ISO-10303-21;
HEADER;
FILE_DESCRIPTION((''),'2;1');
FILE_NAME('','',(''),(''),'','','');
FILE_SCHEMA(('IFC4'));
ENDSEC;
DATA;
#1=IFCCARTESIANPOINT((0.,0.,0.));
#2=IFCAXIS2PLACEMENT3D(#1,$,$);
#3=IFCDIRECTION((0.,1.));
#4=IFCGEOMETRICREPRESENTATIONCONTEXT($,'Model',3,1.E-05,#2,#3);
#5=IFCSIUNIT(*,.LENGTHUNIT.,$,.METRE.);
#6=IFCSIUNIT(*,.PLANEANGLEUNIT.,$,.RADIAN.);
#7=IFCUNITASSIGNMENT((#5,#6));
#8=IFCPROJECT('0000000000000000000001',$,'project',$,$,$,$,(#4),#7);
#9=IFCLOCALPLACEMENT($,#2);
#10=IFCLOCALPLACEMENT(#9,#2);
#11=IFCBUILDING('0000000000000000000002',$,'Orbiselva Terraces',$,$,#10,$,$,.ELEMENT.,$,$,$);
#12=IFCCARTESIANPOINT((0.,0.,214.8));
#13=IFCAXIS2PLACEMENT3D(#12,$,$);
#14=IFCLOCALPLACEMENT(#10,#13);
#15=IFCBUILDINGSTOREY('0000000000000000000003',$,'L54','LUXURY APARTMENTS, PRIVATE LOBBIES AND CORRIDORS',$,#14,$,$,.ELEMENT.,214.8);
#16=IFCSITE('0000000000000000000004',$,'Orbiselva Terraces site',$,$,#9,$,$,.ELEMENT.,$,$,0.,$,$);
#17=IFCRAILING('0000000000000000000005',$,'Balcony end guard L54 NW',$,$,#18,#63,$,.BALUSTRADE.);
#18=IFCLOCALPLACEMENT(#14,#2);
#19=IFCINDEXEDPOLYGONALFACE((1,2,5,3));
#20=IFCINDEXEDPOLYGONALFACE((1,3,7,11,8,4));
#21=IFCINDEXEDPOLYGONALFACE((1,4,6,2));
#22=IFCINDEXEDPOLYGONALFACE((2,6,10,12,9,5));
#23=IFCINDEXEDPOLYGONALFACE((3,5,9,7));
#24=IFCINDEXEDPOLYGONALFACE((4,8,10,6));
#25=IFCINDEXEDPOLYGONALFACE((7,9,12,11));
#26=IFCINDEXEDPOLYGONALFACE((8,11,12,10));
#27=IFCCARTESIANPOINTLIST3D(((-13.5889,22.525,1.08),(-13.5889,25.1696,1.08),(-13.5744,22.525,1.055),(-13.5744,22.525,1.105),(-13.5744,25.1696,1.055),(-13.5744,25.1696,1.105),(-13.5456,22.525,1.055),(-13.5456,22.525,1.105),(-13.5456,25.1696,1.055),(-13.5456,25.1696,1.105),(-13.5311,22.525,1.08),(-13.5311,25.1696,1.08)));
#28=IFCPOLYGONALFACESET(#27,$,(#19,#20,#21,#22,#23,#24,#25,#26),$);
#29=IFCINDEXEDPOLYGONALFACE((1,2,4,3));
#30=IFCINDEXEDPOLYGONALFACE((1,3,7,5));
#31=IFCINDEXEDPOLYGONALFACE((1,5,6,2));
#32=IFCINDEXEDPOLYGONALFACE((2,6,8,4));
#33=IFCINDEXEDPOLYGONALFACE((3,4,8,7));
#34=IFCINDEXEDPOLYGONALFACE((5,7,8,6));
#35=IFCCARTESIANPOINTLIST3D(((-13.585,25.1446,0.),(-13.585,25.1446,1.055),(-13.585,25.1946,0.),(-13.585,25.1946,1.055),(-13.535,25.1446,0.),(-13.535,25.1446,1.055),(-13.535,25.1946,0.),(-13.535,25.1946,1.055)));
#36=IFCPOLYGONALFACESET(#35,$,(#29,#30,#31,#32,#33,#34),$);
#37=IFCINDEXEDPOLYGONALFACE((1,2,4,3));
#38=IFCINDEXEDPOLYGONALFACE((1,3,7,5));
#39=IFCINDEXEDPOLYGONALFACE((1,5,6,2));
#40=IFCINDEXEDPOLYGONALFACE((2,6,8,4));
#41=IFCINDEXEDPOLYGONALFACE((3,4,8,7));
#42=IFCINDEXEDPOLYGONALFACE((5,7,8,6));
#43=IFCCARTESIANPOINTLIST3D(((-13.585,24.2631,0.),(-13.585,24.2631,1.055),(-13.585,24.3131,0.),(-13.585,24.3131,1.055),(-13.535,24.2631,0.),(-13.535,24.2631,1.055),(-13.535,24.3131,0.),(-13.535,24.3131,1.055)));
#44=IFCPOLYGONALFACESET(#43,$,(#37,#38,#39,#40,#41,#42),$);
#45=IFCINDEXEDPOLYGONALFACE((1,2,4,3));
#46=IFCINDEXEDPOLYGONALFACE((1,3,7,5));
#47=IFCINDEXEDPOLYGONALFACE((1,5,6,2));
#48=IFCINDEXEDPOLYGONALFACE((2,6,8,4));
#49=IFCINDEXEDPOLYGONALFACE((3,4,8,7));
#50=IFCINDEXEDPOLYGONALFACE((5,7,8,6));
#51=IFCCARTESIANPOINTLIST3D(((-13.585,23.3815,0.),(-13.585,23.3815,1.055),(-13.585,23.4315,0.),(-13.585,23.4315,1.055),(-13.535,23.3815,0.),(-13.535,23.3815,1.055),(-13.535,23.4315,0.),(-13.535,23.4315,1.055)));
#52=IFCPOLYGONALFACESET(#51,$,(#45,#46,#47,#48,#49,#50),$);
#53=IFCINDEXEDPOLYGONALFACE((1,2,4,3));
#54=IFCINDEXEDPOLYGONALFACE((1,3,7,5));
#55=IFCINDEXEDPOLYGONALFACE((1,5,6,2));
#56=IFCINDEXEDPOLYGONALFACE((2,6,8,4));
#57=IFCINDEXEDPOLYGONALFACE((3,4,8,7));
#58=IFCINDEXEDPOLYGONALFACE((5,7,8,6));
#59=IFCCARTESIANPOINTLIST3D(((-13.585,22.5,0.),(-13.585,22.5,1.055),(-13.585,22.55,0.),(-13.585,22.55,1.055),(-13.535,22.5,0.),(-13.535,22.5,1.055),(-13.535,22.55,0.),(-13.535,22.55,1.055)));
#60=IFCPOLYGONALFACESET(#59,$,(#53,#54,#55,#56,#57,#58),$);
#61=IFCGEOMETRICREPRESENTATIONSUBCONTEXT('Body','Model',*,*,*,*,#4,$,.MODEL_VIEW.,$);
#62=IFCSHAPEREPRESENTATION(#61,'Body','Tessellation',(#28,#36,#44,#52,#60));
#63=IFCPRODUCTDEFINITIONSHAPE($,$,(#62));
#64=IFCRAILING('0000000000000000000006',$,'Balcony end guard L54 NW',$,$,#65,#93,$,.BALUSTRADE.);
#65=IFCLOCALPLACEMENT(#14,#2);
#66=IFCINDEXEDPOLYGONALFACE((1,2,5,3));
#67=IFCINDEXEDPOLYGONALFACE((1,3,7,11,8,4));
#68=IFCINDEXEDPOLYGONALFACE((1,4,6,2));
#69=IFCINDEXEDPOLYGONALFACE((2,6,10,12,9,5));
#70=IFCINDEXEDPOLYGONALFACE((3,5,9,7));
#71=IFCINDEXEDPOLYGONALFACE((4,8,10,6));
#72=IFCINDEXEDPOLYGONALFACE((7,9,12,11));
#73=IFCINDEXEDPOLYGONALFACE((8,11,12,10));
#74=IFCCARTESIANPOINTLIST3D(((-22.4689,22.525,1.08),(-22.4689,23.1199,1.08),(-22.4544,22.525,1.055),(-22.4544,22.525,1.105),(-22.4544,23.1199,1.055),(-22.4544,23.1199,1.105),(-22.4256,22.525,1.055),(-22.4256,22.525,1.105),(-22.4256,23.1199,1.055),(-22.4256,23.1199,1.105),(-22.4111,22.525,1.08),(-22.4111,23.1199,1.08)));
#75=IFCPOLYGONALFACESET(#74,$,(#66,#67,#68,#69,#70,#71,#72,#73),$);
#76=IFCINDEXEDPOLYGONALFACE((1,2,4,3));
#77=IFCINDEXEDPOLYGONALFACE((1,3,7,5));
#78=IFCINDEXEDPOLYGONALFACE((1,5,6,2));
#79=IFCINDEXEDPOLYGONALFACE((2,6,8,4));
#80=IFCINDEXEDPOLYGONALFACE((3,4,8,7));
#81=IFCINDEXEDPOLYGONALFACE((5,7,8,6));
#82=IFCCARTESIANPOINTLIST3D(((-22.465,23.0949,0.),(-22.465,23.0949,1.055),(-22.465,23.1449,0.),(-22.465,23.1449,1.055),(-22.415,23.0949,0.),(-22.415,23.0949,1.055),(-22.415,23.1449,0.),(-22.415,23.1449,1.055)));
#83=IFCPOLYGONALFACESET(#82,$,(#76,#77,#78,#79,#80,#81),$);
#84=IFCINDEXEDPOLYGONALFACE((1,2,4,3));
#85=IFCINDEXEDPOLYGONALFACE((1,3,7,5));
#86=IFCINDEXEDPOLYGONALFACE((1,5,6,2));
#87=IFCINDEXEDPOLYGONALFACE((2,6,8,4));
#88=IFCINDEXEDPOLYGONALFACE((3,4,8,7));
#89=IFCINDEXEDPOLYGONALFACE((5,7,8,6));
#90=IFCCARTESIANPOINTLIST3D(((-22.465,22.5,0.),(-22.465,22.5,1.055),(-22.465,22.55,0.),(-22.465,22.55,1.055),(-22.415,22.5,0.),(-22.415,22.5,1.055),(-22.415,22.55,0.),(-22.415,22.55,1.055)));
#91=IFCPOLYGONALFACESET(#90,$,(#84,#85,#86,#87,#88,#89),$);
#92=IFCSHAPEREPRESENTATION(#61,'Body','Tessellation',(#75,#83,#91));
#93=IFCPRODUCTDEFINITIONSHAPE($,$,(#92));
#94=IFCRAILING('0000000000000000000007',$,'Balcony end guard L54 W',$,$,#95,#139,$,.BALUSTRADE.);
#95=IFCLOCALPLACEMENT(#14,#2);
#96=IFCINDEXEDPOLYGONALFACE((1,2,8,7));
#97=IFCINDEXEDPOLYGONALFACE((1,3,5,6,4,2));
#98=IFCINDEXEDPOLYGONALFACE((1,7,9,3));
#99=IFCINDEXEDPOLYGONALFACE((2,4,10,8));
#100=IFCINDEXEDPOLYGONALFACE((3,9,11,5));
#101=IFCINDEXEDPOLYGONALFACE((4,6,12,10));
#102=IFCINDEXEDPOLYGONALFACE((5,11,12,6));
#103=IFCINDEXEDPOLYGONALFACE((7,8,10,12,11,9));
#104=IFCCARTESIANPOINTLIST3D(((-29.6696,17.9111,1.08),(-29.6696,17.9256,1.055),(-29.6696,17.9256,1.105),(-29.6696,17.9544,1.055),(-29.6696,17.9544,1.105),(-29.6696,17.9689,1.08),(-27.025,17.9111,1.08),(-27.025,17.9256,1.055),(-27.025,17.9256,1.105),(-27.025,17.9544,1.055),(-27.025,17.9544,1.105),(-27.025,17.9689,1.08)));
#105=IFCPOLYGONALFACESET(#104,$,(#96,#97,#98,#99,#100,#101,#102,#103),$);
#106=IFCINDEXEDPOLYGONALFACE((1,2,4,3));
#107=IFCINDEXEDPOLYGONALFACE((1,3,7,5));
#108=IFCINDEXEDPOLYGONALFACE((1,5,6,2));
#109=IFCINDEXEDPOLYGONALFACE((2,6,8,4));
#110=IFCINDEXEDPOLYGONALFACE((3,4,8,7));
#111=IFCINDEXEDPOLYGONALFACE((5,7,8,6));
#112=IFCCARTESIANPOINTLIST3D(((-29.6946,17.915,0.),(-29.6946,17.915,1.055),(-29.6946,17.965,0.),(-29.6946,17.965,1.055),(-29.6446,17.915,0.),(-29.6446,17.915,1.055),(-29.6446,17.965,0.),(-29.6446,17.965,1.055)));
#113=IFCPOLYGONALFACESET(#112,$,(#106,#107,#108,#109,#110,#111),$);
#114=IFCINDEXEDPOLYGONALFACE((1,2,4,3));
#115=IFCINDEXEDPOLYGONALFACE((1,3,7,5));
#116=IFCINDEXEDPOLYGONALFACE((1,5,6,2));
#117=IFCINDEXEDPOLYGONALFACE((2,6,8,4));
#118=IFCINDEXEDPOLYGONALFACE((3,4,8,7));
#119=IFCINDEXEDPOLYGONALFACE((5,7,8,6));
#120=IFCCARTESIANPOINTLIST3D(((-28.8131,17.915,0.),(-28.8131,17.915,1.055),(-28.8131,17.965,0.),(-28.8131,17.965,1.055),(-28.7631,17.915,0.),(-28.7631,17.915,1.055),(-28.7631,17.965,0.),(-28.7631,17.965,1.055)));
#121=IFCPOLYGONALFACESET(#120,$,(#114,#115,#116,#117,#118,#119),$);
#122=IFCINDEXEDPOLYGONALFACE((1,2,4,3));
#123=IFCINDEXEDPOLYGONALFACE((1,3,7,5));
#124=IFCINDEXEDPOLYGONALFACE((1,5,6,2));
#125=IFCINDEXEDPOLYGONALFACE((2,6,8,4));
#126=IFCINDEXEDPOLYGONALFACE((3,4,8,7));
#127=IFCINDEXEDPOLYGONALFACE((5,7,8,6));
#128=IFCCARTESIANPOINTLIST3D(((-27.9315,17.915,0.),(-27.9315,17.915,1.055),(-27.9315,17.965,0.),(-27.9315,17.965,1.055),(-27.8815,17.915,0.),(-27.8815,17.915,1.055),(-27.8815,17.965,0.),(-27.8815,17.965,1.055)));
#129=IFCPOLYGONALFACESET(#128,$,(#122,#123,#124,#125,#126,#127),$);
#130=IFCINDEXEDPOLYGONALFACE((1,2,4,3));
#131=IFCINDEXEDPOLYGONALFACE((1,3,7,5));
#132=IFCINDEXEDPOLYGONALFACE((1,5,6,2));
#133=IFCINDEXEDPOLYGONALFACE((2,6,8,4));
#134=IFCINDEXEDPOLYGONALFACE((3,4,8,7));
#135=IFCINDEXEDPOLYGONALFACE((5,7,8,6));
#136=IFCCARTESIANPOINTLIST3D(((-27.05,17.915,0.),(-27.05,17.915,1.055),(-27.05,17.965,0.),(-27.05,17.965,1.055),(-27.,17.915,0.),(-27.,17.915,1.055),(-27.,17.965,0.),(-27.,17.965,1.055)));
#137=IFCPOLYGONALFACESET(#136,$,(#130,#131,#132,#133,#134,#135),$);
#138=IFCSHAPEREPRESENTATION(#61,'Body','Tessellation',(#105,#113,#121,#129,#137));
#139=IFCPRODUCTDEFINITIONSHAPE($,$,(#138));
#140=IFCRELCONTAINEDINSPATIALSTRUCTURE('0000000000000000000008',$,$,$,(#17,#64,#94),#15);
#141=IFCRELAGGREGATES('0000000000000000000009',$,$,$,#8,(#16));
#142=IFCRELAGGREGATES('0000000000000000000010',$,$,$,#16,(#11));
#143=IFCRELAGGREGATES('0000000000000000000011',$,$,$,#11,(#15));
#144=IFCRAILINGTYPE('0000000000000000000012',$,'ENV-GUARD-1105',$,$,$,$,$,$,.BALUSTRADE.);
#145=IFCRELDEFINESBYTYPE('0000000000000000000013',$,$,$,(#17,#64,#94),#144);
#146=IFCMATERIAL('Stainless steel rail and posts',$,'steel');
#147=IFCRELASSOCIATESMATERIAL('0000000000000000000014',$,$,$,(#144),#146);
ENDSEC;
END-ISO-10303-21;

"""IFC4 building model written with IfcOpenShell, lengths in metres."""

from ifc_helpers import new_model, si_unit, direction, frame, origin, origin_2d, place, context, subcontext, project, spatial, polyline, rectangle, outline, extrude, material, type_object, element, save


model = new_model("IFC4")

# Units and contexts
model_context = context("Model", 3, precision=1e-05, world=origin(), true_north=direction((0.0, 1.0)))
body_context = subcontext(model_context, "Body", "Model", "MODEL_VIEW")
ifc_project = project(units=[si_unit("LENGTHUNIT", "METRE"), si_unit("PLANEANGLEUNIT", "RADIAN")], contexts=[model_context])

# Site, building, storey
site_placement = place(None, origin())
site = spatial("IfcSite", under=ifc_project, at=site_placement, Name="Orbiselva Terraces site", CompositionType="ELEMENT", RefElevation=0.0)
building_placement = place(site_placement, origin())
building = spatial("IfcBuilding", under=site, at=building_placement, Name="Orbiselva Terraces", CompositionType="ELEMENT")
storey_placement = place(building_placement, frame((0.0, 0.0, 214.8)))
storey = spatial("IfcBuildingStorey", under=building, at=storey_placement, Name="L54", Description="LUXURY APARTMENTS, PRIVATE LOBBIES AND CORRIDORS", CompositionType="ELEMENT", Elevation=214.8)

# Railings
ifc_material_1 = material(Name="Stainless steel rail and posts", Category="steel")
railing_type_1 = type_object("IfcRailingType", Name="ENV-GUARD-1105", PredefinedType="BALUSTRADE", material=ifc_material_1)
railing_1_placement = place(storey_placement, frame((-13.56, 25.1696, 0.0)))
element("IfcRailing", 1, at=railing_1_placement, inside=storey, type_object=railing_type_1, Name="Balcony end guard L54 NW", PredefinedType="BALUSTRADE", context=body_context, shape_type="SweptSolid", body=[
    extrude(outline(polyline([(0.0289, 0.0), (0.0144, 0.025), (-0.0144, 0.025), (-0.0289, 0.0), (-0.0144, -0.025), (0.0144, -0.025), (0.0289, 0.0)])), frame((0.0, 0.0, 1.08), z_axis=(0.0, -1.0, 0.0), x_axis=(1.0, 0.0, 0.0)), (0.0, 0.0, 1.0), 2.6446),
    extrude(rectangle(XDim=0.05, YDim=0.05, at=origin_2d()), origin(), (0.0, 0.0, 1.0), 1.055),
    extrude(rectangle(XDim=0.05, YDim=0.05, at=origin_2d()), frame((0.0, -0.8815, 0.0)), (0.0, 0.0, 1.0), 1.055),
    extrude(rectangle(XDim=0.05, YDim=0.05, at=origin_2d()), frame((0.0, -1.7631, 0.0)), (0.0, 0.0, 1.0), 1.055),
    extrude(rectangle(XDim=0.05, YDim=0.05, at=origin_2d()), frame((0.0, -2.6446, 0.0)), (0.0, 0.0, 1.0), 1.055),
])
railing_2_placement = place(storey_placement, frame((-22.44, 23.1199, 0.0)))
element("IfcRailing", 2, at=railing_2_placement, inside=storey, type_object=railing_type_1, Name="Balcony end guard L54 NW", PredefinedType="BALUSTRADE", context=body_context, shape_type="SweptSolid", body=[
    extrude(outline(polyline([(0.0289, 0.0), (0.0144, 0.025), (-0.0144, 0.025), (-0.0289, 0.0), (-0.0144, -0.025), (0.0144, -0.025), (0.0289, 0.0)])), frame((0.0, 0.0, 1.08), z_axis=(0.0, -1.0, 0.0), x_axis=(1.0, 0.0, 0.0)), (0.0, 0.0, 1.0), 0.5949),
    extrude(rectangle(XDim=0.05, YDim=0.05, at=origin_2d()), origin(), (0.0, 0.0, 1.0), 1.055),
    extrude(rectangle(XDim=0.05, YDim=0.05, at=origin_2d()), frame((0.0, -0.5949, 0.0)), (0.0, 0.0, 1.0), 1.055),
])
railing_3_placement = place(storey_placement, frame((-29.6696, 17.94, 0.0)))
element("IfcRailing", 3, at=railing_3_placement, inside=storey, type_object=railing_type_1, Name="Balcony end guard L54 W", PredefinedType="BALUSTRADE", context=body_context, shape_type="SweptSolid", body=[
    extrude(outline(polyline([(0.0289, 0.0), (0.0144, 0.025), (-0.0144, 0.025), (-0.0289, 0.0), (-0.0144, -0.025), (0.0144, -0.025), (0.0289, 0.0)])), frame((0.0, 0.0, 1.08), z_axis=(1.0, 0.0, 0.0), x_axis=(0.0, 1.0, 0.0)), (0.0, 0.0, 1.0), 2.6446),
    extrude(rectangle(XDim=0.05, YDim=0.05, at=origin_2d()), origin(), (0.0, 0.0, 1.0), 1.055),
    extrude(rectangle(XDim=0.05, YDim=0.05, at=origin_2d()), frame((0.8815, 0.0, 0.0)), (0.0, 0.0, 1.0), 1.055),
    extrude(rectangle(XDim=0.05, YDim=0.05, at=origin_2d()), frame((1.7631, 0.0, 0.0)), (0.0, 0.0, 1.0), 1.055),
    extrude(rectangle(XDim=0.05, YDim=0.05, at=origin_2d()), frame((2.6446, 0.0, 0.0)), (0.0, 0.0, 1.0), 1.055),
])

save(model, "model.ifc")
